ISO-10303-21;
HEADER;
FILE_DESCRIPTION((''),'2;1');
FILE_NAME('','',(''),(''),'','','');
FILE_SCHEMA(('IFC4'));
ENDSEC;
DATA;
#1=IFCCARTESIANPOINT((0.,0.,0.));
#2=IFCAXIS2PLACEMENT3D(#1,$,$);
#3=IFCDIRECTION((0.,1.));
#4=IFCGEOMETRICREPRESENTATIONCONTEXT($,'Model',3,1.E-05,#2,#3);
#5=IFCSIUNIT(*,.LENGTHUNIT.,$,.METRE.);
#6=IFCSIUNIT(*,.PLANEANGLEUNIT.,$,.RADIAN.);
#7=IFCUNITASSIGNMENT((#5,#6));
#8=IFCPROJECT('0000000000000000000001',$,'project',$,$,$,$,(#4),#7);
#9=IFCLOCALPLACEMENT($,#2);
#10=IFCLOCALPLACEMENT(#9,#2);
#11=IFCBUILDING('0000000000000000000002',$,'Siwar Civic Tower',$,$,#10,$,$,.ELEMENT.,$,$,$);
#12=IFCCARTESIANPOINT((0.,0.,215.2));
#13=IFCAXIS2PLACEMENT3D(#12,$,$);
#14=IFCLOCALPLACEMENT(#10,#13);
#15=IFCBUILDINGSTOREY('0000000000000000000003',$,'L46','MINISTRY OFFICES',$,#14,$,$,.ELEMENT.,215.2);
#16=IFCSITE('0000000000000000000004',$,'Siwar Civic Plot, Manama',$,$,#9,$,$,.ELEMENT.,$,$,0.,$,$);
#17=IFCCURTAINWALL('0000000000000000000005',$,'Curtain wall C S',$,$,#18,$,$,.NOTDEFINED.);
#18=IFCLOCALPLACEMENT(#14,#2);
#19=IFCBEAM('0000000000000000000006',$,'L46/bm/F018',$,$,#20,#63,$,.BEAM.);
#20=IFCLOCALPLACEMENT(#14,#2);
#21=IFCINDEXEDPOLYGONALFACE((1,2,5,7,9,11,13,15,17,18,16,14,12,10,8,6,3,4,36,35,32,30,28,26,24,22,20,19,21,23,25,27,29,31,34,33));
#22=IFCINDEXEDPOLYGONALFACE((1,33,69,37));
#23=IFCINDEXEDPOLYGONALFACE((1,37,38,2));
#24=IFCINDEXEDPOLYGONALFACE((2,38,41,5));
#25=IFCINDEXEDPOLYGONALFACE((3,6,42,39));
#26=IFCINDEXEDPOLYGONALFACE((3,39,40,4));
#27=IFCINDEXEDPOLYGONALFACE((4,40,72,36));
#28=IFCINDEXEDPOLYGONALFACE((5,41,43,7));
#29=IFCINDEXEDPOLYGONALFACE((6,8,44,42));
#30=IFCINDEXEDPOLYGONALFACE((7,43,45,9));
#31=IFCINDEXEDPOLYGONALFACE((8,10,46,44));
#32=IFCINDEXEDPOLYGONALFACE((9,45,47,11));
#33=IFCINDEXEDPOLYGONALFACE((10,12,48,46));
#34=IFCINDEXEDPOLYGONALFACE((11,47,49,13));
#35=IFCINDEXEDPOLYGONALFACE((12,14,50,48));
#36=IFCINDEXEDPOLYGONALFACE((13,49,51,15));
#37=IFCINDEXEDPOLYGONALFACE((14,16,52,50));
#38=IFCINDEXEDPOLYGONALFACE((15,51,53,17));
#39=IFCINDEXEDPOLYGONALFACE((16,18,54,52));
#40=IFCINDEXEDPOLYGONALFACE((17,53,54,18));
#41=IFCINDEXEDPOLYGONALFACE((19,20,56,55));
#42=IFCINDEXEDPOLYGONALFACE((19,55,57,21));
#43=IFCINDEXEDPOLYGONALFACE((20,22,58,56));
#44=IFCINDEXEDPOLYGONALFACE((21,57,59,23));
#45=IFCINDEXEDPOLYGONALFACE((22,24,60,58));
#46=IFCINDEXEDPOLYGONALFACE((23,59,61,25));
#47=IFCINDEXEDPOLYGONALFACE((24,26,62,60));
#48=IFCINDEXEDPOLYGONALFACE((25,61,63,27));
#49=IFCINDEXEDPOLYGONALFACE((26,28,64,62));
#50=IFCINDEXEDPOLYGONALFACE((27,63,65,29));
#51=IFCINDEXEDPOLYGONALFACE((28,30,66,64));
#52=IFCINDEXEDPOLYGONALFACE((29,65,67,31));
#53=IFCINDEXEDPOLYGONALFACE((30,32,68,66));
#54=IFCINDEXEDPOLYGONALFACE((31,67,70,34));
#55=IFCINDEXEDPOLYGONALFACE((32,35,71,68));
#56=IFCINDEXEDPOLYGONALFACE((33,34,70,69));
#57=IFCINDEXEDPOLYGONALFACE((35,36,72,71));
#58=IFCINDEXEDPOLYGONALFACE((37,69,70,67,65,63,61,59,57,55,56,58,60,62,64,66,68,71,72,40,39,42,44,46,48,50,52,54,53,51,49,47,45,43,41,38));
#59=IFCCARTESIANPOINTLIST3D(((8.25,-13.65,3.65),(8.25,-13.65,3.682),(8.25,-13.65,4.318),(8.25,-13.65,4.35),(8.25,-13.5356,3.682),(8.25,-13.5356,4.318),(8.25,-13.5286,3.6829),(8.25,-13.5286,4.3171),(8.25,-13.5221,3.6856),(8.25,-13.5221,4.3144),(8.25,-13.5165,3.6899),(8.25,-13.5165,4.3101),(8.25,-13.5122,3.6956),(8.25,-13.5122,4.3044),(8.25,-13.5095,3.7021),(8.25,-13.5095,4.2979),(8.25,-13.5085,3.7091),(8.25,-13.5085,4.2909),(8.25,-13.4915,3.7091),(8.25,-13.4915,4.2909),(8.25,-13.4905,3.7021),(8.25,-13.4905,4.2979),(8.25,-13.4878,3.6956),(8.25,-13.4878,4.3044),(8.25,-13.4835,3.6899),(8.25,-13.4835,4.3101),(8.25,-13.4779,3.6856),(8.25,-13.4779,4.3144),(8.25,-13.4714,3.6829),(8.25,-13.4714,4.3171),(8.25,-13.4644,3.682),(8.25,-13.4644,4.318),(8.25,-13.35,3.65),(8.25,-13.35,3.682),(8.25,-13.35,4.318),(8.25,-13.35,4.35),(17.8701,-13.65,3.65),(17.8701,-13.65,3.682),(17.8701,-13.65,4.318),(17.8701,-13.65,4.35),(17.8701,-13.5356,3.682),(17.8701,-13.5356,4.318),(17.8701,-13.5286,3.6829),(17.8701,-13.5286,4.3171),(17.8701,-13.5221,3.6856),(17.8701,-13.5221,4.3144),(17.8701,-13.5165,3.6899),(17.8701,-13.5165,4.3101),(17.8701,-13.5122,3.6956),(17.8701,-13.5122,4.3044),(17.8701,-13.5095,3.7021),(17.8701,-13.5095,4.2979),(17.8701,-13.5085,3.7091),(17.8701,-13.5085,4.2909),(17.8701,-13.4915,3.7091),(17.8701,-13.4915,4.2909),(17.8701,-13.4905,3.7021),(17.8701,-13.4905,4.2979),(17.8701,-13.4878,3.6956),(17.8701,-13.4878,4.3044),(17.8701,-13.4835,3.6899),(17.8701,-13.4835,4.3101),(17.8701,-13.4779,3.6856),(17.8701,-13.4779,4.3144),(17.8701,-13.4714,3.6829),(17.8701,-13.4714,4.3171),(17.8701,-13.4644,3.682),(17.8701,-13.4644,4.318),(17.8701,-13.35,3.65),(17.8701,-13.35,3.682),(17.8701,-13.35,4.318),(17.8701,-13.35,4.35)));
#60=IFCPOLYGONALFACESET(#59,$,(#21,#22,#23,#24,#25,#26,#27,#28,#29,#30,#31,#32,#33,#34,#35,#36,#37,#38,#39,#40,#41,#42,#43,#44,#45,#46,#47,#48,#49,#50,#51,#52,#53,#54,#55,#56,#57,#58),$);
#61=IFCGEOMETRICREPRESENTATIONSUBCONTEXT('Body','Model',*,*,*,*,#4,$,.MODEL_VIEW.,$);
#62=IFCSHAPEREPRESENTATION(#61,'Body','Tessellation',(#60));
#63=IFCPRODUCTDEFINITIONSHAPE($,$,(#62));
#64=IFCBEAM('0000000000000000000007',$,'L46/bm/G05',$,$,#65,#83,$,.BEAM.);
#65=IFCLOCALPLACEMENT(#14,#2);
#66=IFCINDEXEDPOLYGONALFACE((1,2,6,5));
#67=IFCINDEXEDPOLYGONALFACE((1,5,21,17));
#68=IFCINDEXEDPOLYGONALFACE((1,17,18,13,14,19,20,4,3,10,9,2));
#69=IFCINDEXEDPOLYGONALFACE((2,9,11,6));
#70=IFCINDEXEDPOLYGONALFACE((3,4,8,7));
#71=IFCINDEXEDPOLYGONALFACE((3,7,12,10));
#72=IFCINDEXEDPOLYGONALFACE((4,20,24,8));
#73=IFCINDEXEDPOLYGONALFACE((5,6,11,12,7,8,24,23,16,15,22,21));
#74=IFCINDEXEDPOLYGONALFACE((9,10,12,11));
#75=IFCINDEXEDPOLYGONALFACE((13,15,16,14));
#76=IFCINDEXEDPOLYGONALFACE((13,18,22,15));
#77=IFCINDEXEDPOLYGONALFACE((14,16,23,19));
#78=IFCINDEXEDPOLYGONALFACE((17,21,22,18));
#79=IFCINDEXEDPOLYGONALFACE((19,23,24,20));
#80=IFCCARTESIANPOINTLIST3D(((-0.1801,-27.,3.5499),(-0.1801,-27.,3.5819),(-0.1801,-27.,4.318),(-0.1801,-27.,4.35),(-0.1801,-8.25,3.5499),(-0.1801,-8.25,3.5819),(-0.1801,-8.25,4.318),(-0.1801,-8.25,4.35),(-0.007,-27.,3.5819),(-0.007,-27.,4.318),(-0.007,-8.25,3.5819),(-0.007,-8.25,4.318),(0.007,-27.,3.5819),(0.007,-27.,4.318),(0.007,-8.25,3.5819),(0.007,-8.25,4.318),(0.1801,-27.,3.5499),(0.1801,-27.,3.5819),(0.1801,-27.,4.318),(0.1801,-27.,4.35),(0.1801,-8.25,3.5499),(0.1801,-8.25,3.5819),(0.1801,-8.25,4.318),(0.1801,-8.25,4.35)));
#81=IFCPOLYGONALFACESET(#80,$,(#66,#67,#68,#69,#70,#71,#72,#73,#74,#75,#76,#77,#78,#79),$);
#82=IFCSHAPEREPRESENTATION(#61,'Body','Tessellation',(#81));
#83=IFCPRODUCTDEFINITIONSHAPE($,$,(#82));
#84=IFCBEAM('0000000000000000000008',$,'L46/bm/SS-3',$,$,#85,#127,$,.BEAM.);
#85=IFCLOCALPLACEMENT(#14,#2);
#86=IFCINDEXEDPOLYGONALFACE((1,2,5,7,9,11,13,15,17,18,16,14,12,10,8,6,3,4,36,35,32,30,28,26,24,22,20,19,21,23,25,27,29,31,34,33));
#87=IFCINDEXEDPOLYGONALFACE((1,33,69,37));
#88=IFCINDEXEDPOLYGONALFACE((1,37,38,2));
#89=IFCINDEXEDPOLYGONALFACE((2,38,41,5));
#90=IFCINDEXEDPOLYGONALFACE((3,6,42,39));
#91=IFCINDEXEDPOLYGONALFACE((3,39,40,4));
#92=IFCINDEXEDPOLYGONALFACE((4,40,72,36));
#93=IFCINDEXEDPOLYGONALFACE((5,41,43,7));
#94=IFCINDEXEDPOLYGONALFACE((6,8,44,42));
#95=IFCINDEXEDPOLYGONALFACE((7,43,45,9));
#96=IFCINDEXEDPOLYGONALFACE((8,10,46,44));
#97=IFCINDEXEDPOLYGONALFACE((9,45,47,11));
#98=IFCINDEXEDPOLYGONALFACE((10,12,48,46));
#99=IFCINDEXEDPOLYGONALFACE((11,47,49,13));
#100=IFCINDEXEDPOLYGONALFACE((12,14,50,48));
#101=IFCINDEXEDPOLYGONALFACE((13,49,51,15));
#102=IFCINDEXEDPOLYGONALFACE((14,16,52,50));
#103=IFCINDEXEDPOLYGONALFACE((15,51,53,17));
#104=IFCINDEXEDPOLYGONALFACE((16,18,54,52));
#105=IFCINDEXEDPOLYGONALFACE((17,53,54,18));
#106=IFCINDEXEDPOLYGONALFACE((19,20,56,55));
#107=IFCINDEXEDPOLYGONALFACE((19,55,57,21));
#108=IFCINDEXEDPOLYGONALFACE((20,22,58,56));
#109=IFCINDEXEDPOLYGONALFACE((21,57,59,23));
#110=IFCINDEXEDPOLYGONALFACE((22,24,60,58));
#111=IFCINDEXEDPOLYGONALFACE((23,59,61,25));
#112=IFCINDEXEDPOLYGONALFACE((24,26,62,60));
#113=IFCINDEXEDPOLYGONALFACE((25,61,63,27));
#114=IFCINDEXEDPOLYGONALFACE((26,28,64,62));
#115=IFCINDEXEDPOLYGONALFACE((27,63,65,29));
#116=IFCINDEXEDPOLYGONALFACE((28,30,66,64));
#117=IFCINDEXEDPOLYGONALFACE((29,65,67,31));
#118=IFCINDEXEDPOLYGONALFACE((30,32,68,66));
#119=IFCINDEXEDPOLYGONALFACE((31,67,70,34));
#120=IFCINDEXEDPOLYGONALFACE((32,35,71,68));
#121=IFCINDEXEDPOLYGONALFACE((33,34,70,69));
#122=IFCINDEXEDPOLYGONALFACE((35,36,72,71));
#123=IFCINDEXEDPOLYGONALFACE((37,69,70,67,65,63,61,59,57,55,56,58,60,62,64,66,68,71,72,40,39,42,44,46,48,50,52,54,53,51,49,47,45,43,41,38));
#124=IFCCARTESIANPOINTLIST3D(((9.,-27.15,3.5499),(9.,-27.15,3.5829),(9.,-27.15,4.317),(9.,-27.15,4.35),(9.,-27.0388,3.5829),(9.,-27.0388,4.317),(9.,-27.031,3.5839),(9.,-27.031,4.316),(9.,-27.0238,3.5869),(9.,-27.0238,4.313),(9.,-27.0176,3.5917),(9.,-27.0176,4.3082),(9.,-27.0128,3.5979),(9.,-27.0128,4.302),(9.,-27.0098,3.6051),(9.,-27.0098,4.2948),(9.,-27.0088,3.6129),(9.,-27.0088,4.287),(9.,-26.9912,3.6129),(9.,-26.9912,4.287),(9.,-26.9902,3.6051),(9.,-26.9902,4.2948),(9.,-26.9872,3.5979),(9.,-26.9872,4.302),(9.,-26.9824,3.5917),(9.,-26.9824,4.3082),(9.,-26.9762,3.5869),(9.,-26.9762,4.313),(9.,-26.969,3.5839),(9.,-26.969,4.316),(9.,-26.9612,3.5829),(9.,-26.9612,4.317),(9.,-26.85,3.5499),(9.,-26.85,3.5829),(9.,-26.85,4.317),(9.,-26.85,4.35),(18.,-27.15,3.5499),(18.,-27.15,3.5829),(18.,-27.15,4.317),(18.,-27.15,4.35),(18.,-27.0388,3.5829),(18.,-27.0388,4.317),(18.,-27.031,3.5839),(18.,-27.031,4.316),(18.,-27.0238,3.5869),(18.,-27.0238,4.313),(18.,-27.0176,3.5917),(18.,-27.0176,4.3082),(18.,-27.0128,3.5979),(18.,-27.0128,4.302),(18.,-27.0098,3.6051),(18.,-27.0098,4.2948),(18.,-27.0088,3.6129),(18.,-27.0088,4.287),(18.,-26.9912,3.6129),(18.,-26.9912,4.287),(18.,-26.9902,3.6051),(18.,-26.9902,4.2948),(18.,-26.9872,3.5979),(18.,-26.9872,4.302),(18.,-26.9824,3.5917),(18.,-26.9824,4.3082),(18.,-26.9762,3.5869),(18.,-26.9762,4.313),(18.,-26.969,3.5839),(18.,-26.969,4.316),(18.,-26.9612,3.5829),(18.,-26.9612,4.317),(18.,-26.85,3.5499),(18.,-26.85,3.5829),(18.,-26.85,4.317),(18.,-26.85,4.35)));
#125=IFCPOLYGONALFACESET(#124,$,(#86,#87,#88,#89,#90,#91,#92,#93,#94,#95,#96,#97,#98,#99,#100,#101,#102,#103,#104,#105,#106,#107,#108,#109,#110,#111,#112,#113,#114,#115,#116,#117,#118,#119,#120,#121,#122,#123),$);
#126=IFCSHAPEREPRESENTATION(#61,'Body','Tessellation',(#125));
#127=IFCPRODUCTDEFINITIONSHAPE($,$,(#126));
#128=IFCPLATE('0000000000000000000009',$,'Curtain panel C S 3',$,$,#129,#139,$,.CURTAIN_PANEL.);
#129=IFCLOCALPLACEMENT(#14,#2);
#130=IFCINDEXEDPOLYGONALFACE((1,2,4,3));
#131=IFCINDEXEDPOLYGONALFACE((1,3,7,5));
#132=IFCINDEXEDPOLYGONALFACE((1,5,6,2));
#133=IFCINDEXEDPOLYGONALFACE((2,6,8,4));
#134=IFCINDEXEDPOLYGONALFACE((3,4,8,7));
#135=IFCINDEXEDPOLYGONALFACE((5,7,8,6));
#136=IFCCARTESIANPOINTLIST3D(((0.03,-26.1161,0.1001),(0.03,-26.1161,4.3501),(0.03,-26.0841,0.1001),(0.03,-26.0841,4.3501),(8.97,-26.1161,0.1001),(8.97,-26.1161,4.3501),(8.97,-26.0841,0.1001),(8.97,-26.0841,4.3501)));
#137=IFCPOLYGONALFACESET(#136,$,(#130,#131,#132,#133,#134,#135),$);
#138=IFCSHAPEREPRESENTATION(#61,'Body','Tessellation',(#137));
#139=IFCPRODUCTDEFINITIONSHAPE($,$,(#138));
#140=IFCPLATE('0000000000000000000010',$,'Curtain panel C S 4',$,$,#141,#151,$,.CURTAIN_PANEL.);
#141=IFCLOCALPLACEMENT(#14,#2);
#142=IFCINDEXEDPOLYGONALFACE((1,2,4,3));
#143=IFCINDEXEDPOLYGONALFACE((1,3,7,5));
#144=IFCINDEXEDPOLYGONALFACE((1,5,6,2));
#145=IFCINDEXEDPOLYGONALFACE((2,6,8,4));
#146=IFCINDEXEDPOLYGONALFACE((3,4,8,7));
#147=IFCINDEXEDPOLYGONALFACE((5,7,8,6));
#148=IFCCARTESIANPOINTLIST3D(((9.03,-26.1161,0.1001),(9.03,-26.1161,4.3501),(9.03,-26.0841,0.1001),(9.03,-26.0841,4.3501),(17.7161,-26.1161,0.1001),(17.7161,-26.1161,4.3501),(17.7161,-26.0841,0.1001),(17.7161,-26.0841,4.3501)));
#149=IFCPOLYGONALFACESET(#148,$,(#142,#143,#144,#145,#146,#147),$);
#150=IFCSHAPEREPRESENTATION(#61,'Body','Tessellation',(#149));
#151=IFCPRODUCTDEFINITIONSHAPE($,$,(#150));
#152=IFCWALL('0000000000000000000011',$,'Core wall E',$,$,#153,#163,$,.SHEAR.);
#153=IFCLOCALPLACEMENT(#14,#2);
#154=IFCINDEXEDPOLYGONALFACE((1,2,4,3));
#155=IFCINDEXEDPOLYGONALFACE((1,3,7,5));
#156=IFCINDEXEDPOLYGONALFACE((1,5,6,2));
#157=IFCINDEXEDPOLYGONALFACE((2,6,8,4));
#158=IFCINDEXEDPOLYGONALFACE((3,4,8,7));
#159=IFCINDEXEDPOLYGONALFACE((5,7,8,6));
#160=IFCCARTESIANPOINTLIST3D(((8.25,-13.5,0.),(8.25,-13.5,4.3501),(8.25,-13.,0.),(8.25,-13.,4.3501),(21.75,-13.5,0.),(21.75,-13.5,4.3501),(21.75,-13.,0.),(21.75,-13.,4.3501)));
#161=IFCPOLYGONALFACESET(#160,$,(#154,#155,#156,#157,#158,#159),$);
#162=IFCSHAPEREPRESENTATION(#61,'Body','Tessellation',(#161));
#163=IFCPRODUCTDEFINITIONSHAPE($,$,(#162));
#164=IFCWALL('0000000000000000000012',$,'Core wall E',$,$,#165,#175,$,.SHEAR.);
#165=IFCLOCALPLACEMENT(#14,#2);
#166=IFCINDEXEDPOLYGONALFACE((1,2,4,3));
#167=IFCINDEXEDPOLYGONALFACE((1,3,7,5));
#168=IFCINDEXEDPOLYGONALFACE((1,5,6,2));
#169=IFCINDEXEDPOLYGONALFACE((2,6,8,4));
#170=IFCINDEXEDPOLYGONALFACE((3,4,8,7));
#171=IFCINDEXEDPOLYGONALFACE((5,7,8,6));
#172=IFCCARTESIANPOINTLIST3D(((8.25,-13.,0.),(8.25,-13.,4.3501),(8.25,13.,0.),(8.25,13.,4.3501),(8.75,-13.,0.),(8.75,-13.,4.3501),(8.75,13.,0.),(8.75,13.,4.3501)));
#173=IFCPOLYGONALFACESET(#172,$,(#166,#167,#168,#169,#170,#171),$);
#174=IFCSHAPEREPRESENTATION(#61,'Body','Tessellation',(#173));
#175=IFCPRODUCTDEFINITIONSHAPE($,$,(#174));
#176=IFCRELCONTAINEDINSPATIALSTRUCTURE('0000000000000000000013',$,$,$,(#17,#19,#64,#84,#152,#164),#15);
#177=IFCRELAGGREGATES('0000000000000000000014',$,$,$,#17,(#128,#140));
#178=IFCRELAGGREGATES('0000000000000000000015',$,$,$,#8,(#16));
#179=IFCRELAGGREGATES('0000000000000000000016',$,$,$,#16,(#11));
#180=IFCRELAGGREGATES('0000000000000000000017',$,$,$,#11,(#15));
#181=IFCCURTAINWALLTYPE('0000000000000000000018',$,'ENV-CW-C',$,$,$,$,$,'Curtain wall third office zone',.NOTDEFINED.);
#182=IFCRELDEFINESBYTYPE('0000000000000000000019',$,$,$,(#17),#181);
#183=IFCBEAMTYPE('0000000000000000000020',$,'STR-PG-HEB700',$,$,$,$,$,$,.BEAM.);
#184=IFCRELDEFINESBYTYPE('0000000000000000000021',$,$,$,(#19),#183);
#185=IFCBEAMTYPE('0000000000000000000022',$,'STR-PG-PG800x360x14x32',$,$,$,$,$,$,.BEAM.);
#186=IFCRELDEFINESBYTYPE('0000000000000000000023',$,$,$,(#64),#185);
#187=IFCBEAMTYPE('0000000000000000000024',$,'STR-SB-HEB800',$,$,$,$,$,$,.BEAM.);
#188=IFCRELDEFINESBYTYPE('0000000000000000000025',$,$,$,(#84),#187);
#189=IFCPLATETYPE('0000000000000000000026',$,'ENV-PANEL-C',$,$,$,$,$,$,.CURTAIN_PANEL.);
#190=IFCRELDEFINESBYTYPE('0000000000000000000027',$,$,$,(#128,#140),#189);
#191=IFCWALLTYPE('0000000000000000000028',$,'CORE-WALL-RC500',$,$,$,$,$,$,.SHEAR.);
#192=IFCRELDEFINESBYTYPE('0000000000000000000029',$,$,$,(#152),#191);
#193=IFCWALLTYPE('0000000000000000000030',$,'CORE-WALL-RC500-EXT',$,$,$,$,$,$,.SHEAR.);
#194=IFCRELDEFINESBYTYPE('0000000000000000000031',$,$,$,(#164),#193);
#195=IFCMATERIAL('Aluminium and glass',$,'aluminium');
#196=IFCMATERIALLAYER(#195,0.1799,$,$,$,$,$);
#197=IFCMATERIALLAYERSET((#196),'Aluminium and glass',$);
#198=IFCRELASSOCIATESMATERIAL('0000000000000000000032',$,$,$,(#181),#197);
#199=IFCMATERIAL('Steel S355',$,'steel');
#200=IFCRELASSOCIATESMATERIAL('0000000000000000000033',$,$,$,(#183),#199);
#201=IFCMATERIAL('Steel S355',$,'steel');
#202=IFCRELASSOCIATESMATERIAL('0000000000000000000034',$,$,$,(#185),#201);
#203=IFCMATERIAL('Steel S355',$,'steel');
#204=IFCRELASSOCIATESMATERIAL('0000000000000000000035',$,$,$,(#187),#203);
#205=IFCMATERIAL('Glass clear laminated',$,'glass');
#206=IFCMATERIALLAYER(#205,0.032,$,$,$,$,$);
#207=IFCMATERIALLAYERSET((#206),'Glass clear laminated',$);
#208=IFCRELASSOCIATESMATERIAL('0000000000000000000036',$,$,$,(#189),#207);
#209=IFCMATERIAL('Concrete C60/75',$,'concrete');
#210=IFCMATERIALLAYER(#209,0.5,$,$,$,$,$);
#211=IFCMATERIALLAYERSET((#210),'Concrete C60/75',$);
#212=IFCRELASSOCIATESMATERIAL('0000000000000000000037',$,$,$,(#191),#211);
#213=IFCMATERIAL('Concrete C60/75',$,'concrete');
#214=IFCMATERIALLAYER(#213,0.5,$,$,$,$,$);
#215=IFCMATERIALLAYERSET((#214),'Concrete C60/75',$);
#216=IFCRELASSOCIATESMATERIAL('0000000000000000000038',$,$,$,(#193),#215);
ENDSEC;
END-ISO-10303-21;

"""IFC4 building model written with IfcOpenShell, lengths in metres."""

from ifc_helpers import new_model, si_unit, direction, frame, frame_2d, origin, origin_2d, place, context, subcontext, project, spatial, rectangle, i_section, extrude, material, layer, layer_set, material_profile, profile_set, type_object, element, aggregate, save


model = new_model("IFC4")

# Units and contexts
model_context = context("Model", 3, precision=1e-05, world=origin(), true_north=direction((0.0, 1.0)))
body_context = subcontext(model_context, "Body", "Model", "MODEL_VIEW")
ifc_project = project(units=[si_unit("LENGTHUNIT", "METRE"), si_unit("PLANEANGLEUNIT", "RADIAN")], contexts=[model_context])

# Site, building, storey
site_placement = place(None, origin())
site = spatial("IfcSite", under=ifc_project, at=site_placement, Name="Siwar Civic Plot, Manama", CompositionType="ELEMENT", RefElevation=0.0)
building_placement = place(site_placement, origin())
building = spatial("IfcBuilding", under=site, at=building_placement, Name="Siwar Civic Tower", CompositionType="ELEMENT")
storey_placement = place(building_placement, frame((0.0, 0.0, 215.2)))
storey = spatial("IfcBuildingStorey", under=building, at=storey_placement, Name="L46", Description="MINISTRY OFFICES", CompositionType="ELEMENT", Elevation=215.2)

# Curtain wall
ifc_material_1 = material(Name="Aluminium and glass", Category="aluminium")
ifc_layer_1 = layer(ifc_material_1, 0.1799)
ifc_layer_set_1 = layer_set([ifc_layer_1], Name="Aluminium and glass")
curtain_wall_type = type_object("IfcCurtainWallType", Name="ENV-CW-C", ElementType="Curtain wall third office zone", PredefinedType="NOTDEFINED", material=ifc_layer_set_1)
curtain_wall_placement = place(storey_placement, origin())
curtain_wall = element("IfcCurtainWall", 1, at=curtain_wall_placement, inside=storey, type_object=curtain_wall_type, Name="Curtain wall C S", PredefinedType="NOTDEFINED")

# Beams
ifc_material_2 = material(Name="Steel S355", Category="steel")
ifc_material_profile_1 = material_profile(ifc_material_2, i_section(OverallWidth=0.3, OverallDepth=0.7, WebThickness=0.0171, FlangeThickness=0.032, FilletRadius=0.0271, at=origin_2d()), Name="HEB700")
ifc_profile_set_1 = profile_set([ifc_material_profile_1], Name="Steel S355")
beam_type_1 = type_object("IfcBeamType", Name="STR-PG-HEB700", PredefinedType="BEAM", material=ifc_profile_set_1)
beam_1_placement = place(storey_placement, frame((8.25, -13.5, 4.0), z_axis=(1.0, 0.0, 0.0), x_axis=(0.0, 1.0, 0.0)))
element("IfcBeam", 2, at=beam_1_placement, inside=storey, type_object=beam_type_1, Name="L46/bm/F018", PredefinedType="BEAM", context=body_context, shape_type="SweptSolid", body=[
    extrude(i_section(OverallWidth=0.3, OverallDepth=0.7, WebThickness=0.0171, FlangeThickness=0.032, FilletRadius=0.0271, at=origin_2d()), origin(), (0.0, 0.0, 1.0), 9.6201),
])
ifc_material_3 = material(Name="Steel S355", Category="steel")
ifc_material_profile_2 = material_profile(ifc_material_3, i_section(OverallWidth=0.3601, OverallDepth=0.8, WebThickness=0.0139, FlangeThickness=0.032, at=origin_2d()), Name="PG800x360x14x32")
ifc_profile_set_2 = profile_set([ifc_material_profile_2], Name="Steel S355")
beam_type_2 = type_object("IfcBeamType", Name="STR-PG-PG800x360x14x32", PredefinedType="BEAM", material=ifc_profile_set_2)
beam_2_placement = place(storey_placement, frame((0.0, -27.0, 3.95), z_axis=(0.0, 1.0, 0.0), x_axis=(-1.0, 0.0, 0.0)))
element("IfcBeam", 3, at=beam_2_placement, inside=storey, type_object=beam_type_2, Name="L46/bm/G05", PredefinedType="BEAM", context=body_context, shape_type="SweptSolid", body=[
    extrude(i_section(OverallWidth=0.3601, OverallDepth=0.8, WebThickness=0.0139, FlangeThickness=0.032, at=origin_2d()), origin(), (0.0, 0.0, 1.0), 18.75),
])
ifc_material_4 = material(Name="Steel S355", Category="steel")
ifc_material_profile_3 = material_profile(ifc_material_4, i_section(OverallWidth=0.3, OverallDepth=0.8, WebThickness=0.0176, FlangeThickness=0.033, FilletRadius=0.03, at=origin_2d()), Name="HEB800")
ifc_profile_set_3 = profile_set([ifc_material_profile_3], Name="Steel S355")
beam_type_3 = type_object("IfcBeamType", Name="STR-SB-HEB800", PredefinedType="BEAM", material=ifc_profile_set_3)
beam_3_placement = place(storey_placement, frame((9.0, -27.0, 3.95), z_axis=(1.0, 0.0, 0.0), x_axis=(0.0, 1.0, 0.0)))
element("IfcBeam", 4, at=beam_3_placement, inside=storey, type_object=beam_type_3, Name="L46/bm/SS-3", PredefinedType="BEAM", context=body_context, shape_type="SweptSolid", body=[
    extrude(i_section(OverallWidth=0.3, OverallDepth=0.8, WebThickness=0.0176, FlangeThickness=0.033, FilletRadius=0.03, at=origin_2d()), origin(), (0.0, 0.0, 1.0), 9.0),
])

# Plates
ifc_material_5 = material(Name="Glass clear laminated", Category="glass")
ifc_layer_2 = layer(ifc_material_5, 0.032)
ifc_layer_set_2 = layer_set([ifc_layer_2], Name="Glass clear laminated")
plate_type = type_object("IfcPlateType", Name="ENV-PANEL-C", PredefinedType="CURTAIN_PANEL", material=ifc_layer_set_2)
plate_1_placement = place(storey_placement, frame((4.5, -26.1001, 0.1001), z_axis=(0.0, 0.0, 1.0), x_axis=(1.0, 0.0, 0.0)))
plate_1 = element("IfcPlate", 5, at=plate_1_placement, type_object=plate_type, Name="Curtain panel C S 3", PredefinedType="CURTAIN_PANEL", context=body_context, shape_type="SweptSolid", body=[
    extrude(rectangle(XDim=8.9399, YDim=0.032, at=origin_2d()), origin(), (0.0, 0.0, 1.0), 4.25),
])
plate_2_placement = place(storey_placement, frame((13.373, -26.1001, 0.1001), z_axis=(0.0, 0.0, 1.0), x_axis=(1.0, 0.0, 0.0)))
plate_2 = element("IfcPlate", 6, at=plate_2_placement, type_object=plate_type, Name="Curtain panel C S 4", PredefinedType="CURTAIN_PANEL", context=body_context, shape_type="SweptSolid", body=[
    extrude(rectangle(XDim=8.686, YDim=0.032, at=origin_2d()), origin(), (0.0, 0.0, 1.0), 4.25),
])
aggregate(curtain_wall, [plate_1, plate_2])

# Walls
ifc_material_6 = material(Name="Concrete C60/75", Category="concrete")
ifc_layer_3 = layer(ifc_material_6, 0.5)
ifc_layer_set_3 = layer_set([ifc_layer_3], Name="Concrete C60/75")
wall_type_1 = type_object("IfcWallType", Name="CORE-WALL-RC500", PredefinedType="SHEAR", material=ifc_layer_set_3)
wall_1_placement = place(storey_placement, frame((8.25, -13.25, 0.0), z_axis=(0.0, 0.0, 1.0), x_axis=(1.0, 0.0, 0.0)))
element("IfcWall", 7, at=wall_1_placement, inside=storey, type_object=wall_type_1, Name="Core wall E", PredefinedType="SHEAR", context=body_context, shape_type="SweptSolid", body=[
    extrude(rectangle(XDim=13.5, YDim=0.5, at=frame_2d((6.75, 0.0))), origin(), (0.0, 0.0, 1.0), 4.3501),
])
ifc_material_7 = material(Name="Concrete C60/75", Category="concrete")
ifc_layer_4 = layer(ifc_material_7, 0.5)
ifc_layer_set_4 = layer_set([ifc_layer_4], Name="Concrete C60/75")
wall_type_2 = type_object("IfcWallType", Name="CORE-WALL-RC500-EXT", PredefinedType="SHEAR", material=ifc_layer_set_4)
wall_2_placement = place(storey_placement, frame((8.5, -13.0, 0.0), z_axis=(0.0, 0.0, 1.0), x_axis=(0.0, 1.0, 0.0)))
element("IfcWall", 8, at=wall_2_placement, inside=storey, type_object=wall_type_2, Name="Core wall E", PredefinedType="SHEAR", context=body_context, shape_type="SweptSolid", body=[
    extrude(rectangle(XDim=26.0, YDim=0.5, at=frame_2d((13.0, 0.0))), origin(), (0.0, 0.0, 1.0), 4.3501),
])

save(model, "model.ifc")
